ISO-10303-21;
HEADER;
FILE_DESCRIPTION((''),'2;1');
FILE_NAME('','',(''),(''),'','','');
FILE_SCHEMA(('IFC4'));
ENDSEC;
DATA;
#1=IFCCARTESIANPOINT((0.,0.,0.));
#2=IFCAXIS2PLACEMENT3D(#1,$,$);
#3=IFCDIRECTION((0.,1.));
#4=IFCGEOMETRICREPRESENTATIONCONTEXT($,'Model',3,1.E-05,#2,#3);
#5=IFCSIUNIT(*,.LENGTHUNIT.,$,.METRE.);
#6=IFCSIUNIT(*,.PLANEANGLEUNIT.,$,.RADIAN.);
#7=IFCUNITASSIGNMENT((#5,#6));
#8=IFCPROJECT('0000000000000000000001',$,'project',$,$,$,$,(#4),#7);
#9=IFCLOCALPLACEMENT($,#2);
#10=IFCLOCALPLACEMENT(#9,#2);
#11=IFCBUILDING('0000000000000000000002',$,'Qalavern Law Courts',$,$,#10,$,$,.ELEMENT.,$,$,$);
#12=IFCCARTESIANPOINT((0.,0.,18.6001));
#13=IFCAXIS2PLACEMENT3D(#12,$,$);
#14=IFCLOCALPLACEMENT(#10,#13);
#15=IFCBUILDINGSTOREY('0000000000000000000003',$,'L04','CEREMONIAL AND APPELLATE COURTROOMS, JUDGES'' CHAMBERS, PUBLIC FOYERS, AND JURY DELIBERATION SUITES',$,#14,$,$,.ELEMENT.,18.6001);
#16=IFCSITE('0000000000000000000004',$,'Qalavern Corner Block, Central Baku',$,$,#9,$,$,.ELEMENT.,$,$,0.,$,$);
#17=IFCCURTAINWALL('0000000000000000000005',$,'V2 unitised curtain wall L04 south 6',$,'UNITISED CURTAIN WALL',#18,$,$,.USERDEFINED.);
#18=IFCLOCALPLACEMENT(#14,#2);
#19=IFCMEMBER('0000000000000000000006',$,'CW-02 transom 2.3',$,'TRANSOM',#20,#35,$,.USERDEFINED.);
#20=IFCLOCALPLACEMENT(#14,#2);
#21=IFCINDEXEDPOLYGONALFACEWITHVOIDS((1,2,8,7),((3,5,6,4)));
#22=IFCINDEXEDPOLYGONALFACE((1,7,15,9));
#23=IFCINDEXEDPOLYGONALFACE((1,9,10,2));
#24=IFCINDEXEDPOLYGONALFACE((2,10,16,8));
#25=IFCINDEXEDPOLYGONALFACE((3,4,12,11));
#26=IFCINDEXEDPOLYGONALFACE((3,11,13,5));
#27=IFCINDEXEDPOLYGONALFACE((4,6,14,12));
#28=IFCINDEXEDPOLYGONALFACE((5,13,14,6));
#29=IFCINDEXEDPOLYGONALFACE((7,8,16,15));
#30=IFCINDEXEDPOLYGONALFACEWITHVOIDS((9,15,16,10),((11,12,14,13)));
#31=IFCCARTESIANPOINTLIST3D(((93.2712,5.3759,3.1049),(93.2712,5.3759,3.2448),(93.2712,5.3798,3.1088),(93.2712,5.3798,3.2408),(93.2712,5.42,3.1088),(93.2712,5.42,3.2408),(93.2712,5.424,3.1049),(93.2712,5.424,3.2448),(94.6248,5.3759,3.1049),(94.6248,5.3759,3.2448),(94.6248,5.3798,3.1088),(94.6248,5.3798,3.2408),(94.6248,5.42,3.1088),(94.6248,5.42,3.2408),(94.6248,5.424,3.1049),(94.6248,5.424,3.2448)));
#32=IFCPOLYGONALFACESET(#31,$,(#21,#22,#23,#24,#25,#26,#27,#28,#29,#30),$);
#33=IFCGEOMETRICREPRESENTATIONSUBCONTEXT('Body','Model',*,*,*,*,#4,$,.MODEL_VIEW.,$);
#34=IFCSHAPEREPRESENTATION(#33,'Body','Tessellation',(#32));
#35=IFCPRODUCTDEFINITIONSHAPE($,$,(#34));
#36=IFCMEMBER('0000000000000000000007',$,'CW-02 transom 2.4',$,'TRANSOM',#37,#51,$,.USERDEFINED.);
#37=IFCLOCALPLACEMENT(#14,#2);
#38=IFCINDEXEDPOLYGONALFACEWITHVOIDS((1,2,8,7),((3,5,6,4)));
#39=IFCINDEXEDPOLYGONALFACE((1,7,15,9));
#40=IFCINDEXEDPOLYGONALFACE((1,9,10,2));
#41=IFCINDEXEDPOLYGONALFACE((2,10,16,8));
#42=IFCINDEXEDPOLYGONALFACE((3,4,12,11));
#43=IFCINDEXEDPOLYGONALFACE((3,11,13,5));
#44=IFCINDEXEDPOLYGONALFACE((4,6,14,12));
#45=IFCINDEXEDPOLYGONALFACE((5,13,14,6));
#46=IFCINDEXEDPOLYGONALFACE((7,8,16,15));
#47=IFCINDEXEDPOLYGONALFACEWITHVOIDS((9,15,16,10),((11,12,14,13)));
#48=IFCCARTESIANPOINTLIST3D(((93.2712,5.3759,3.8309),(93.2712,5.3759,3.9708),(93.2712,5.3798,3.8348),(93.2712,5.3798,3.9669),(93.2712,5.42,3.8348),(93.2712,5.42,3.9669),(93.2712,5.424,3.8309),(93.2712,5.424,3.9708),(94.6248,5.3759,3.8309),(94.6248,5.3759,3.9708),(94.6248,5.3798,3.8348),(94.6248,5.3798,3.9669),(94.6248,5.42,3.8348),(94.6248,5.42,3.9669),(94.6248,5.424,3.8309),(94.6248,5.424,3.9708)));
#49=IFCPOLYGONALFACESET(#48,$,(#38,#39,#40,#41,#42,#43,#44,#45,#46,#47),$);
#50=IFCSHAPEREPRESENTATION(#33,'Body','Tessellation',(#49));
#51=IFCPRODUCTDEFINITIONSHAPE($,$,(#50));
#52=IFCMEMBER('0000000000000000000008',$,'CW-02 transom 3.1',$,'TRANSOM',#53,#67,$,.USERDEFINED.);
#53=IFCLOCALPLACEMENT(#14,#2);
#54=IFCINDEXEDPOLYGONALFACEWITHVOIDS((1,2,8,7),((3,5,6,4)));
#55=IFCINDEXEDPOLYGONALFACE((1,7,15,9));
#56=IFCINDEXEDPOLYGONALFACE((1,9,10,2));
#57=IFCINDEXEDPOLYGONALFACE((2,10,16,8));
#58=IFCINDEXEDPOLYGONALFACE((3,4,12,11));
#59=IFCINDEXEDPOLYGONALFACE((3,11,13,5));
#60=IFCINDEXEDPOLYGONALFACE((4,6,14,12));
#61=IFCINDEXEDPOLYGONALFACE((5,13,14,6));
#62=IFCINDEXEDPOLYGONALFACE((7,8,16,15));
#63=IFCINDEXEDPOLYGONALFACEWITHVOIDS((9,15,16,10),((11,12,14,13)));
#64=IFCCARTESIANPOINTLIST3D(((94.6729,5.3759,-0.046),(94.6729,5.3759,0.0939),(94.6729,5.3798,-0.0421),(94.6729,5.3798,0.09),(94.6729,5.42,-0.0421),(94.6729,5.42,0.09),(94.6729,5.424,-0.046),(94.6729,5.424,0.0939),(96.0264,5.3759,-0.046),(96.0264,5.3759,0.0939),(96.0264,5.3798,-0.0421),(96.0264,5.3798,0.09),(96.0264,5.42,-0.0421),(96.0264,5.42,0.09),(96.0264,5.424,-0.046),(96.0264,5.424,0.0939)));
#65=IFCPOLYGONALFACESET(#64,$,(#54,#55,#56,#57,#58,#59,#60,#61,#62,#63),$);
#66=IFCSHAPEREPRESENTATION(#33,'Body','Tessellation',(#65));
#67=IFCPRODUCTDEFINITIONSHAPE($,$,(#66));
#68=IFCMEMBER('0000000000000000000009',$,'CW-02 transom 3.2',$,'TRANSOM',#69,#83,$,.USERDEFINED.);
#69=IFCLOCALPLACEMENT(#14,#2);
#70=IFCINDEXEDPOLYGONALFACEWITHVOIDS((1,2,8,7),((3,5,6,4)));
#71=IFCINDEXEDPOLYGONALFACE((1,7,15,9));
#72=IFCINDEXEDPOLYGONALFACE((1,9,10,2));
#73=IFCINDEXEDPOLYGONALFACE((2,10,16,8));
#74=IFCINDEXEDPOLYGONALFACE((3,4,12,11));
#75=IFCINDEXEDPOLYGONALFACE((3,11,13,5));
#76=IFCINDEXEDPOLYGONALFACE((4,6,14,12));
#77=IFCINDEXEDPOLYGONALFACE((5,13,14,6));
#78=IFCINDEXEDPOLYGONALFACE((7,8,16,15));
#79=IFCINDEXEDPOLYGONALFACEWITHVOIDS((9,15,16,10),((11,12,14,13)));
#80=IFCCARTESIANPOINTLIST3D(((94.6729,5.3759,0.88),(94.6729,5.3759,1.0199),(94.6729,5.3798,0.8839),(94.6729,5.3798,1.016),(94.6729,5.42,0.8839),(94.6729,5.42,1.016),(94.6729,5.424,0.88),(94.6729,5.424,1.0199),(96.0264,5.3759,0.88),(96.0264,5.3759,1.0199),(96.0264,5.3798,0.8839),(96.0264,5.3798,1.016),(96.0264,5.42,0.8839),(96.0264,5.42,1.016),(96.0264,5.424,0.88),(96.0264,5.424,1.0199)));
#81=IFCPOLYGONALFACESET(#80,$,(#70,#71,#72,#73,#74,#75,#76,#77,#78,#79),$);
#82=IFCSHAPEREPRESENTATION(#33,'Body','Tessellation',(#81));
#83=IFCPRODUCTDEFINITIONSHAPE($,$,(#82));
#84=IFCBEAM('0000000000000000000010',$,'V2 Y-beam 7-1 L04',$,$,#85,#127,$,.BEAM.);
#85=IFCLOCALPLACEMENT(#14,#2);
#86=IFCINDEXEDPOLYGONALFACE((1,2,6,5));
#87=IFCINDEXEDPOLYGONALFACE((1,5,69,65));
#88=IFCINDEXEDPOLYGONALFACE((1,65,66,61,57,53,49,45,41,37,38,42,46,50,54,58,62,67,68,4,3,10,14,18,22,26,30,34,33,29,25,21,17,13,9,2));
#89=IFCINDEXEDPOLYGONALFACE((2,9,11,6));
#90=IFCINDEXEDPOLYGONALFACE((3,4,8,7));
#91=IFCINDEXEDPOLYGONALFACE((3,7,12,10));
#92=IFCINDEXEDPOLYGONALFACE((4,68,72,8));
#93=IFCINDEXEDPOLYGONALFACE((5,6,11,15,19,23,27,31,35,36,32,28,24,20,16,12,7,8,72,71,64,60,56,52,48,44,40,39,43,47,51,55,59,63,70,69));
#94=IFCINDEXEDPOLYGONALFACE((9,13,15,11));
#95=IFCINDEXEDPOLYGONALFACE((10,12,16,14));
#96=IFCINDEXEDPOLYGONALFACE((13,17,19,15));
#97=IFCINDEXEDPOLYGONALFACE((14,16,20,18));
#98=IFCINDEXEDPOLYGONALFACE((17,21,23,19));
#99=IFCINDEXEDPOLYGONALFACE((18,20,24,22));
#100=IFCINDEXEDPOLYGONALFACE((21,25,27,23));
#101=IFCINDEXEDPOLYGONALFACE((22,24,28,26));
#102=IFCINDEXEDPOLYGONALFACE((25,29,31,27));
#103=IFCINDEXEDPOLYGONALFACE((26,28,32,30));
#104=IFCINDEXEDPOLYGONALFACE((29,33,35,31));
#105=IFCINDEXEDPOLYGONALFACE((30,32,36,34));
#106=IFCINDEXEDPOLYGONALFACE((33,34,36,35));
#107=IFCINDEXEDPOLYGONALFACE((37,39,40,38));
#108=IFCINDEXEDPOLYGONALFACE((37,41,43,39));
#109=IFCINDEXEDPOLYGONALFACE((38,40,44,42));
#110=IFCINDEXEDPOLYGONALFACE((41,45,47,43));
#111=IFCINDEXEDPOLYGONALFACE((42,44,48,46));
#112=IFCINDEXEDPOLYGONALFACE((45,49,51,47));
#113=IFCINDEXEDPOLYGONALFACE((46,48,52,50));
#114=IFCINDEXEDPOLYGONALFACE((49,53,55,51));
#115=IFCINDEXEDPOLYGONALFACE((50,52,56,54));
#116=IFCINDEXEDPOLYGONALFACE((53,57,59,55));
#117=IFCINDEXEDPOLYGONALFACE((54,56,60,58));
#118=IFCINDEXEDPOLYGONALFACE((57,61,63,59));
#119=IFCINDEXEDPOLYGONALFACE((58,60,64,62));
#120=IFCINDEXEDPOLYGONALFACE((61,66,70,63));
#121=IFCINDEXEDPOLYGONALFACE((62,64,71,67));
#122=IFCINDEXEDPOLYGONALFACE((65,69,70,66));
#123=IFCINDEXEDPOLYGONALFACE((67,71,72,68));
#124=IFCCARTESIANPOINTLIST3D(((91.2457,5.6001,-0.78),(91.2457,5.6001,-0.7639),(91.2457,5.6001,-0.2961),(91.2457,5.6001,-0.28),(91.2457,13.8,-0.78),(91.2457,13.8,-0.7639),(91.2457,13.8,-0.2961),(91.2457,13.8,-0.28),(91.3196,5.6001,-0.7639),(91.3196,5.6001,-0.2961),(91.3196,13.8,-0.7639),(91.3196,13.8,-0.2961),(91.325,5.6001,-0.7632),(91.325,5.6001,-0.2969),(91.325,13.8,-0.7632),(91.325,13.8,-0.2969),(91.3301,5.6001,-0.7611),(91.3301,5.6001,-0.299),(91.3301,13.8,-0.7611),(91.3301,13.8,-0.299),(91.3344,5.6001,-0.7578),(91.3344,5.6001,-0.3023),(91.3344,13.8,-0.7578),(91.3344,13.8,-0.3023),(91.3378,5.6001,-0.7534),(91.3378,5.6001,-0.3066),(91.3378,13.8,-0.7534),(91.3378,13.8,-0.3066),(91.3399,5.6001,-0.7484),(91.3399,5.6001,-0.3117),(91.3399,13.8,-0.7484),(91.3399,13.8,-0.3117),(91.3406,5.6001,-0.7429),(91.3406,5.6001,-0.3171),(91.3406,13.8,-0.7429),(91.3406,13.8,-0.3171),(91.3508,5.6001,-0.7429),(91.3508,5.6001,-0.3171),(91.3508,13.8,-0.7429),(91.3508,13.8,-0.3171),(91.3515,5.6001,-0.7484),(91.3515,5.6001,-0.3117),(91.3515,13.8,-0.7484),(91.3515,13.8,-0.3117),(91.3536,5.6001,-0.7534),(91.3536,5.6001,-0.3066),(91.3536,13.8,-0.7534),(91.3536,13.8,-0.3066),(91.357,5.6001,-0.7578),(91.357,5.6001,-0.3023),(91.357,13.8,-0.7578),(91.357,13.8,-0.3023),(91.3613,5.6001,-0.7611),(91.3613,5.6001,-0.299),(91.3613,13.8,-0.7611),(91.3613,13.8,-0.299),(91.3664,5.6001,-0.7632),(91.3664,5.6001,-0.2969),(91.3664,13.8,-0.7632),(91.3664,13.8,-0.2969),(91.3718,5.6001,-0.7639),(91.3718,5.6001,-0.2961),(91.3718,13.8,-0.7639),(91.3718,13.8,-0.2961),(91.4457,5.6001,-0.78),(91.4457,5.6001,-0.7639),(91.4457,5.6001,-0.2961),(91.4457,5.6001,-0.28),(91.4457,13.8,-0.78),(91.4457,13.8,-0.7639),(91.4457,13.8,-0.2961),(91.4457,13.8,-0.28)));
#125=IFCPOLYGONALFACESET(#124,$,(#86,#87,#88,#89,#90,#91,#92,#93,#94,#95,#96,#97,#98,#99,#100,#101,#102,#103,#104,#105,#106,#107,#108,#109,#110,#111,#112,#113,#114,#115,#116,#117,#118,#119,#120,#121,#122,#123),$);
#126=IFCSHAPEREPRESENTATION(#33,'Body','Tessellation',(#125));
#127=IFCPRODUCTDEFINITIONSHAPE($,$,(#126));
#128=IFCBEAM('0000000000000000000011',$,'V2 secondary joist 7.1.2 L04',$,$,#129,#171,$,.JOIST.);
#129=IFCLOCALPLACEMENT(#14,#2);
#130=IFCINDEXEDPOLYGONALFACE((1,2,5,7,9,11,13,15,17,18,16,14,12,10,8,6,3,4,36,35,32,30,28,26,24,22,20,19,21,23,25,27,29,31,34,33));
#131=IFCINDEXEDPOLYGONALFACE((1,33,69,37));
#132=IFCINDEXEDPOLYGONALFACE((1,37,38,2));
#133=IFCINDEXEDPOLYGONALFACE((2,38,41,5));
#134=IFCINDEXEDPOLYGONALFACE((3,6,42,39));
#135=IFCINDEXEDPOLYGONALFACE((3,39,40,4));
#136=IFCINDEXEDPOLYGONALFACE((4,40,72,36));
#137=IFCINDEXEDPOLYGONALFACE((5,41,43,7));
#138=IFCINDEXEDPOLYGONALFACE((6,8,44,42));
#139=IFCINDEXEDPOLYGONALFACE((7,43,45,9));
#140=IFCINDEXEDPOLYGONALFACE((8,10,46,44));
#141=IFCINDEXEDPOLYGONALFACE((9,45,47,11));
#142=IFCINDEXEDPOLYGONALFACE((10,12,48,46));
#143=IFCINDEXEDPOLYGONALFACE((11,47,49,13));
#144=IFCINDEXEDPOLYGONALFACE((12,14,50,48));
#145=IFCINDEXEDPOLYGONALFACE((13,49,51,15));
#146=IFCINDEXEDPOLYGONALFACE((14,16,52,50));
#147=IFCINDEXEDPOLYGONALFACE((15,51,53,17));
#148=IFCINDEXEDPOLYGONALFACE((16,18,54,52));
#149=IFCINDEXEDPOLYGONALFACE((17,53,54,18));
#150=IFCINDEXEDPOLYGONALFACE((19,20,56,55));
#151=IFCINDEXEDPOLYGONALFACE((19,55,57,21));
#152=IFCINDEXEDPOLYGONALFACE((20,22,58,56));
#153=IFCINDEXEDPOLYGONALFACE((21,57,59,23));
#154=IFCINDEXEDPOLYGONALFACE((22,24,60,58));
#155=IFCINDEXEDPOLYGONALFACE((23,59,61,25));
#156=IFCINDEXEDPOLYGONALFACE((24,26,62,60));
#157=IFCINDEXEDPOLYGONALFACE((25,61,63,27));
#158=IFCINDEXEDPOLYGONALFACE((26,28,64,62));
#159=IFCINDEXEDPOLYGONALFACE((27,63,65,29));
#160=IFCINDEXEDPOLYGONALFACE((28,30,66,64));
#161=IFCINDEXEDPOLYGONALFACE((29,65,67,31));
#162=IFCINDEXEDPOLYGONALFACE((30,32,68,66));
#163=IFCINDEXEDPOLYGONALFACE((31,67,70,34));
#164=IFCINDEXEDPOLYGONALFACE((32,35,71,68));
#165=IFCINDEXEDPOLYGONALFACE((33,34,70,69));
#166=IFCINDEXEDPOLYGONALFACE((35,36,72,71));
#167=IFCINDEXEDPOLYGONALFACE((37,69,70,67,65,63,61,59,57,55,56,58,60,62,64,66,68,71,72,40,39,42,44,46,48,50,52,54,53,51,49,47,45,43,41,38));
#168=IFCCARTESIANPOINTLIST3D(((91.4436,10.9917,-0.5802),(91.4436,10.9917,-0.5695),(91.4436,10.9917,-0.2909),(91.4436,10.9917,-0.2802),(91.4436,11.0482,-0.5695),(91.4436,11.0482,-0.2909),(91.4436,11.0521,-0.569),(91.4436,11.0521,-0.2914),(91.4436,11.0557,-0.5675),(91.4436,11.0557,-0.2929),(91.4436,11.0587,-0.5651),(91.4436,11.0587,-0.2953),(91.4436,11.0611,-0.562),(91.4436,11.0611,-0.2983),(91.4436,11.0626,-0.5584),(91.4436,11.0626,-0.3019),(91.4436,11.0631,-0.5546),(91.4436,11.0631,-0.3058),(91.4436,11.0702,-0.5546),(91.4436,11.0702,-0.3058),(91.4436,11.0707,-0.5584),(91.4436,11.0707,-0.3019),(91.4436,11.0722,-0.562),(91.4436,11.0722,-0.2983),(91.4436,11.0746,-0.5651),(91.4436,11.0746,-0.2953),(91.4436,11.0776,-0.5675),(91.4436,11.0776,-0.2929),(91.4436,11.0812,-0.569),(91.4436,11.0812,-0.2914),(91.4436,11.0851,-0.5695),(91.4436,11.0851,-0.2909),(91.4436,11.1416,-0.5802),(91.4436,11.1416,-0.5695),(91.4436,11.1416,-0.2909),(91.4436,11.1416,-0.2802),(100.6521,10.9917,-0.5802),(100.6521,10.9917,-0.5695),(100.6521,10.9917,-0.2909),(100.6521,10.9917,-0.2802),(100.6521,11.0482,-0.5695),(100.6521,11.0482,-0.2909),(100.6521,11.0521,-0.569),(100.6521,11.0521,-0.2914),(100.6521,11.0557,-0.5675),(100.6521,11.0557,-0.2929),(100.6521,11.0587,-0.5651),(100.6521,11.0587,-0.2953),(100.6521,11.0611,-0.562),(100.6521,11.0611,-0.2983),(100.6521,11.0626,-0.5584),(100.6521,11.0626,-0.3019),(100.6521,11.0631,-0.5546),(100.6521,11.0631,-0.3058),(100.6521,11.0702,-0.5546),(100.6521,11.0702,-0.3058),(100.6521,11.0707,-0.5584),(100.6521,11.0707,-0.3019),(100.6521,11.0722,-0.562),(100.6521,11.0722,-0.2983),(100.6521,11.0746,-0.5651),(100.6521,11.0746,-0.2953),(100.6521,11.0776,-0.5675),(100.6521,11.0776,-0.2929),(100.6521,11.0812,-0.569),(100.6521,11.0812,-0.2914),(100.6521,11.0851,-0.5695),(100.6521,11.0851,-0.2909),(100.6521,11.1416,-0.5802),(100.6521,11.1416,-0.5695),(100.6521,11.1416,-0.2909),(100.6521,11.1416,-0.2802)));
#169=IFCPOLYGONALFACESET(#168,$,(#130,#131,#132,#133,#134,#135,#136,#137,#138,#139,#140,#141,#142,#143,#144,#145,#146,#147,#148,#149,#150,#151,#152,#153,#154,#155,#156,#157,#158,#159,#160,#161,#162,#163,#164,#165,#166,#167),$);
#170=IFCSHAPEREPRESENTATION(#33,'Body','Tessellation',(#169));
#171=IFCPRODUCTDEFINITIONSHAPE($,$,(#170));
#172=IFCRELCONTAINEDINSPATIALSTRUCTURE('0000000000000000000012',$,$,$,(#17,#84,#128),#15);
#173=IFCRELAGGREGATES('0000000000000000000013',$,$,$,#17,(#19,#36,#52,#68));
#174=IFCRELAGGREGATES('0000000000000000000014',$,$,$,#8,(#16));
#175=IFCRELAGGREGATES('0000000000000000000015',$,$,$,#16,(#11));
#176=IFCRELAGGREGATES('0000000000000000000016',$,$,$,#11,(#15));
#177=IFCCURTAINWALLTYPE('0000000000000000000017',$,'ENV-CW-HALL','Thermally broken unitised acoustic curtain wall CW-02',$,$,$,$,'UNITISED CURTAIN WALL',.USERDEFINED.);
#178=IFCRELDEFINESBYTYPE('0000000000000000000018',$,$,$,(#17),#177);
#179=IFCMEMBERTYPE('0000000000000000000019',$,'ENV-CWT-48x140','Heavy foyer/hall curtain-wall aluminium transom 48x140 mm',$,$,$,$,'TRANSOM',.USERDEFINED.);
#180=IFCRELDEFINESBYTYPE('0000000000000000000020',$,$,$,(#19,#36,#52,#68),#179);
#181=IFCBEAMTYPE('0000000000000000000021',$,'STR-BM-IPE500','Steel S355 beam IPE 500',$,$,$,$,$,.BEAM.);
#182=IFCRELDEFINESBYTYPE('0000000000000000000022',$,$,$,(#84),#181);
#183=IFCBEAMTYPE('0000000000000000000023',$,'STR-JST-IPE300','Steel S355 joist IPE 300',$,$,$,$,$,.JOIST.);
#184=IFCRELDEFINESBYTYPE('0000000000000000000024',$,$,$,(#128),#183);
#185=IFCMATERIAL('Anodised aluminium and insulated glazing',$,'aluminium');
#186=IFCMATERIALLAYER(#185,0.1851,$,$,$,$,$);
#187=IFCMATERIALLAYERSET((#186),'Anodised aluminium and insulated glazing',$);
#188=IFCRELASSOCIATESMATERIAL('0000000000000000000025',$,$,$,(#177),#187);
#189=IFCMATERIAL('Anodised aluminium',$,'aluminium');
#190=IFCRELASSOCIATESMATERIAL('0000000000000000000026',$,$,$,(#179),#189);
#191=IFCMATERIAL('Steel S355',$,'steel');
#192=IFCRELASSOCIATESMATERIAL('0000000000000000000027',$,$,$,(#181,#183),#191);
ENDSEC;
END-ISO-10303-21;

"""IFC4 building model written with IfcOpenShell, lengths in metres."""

from ifc_helpers import new_model, si_unit, direction, frame, origin, origin_2d, place, context, subcontext, project, spatial, hollow_rectangle, i_section, extrude, material, layer, layer_set, material_profile, profile_set, type_object, element, aggregate, save


model = new_model("IFC4")

# Units and contexts
model_context = context("Model", 3, precision=1e-05, world=origin(), true_north=direction((0.0, 1.0)))
body_context = subcontext(model_context, "Body", "Model", "MODEL_VIEW")
ifc_project = project(units=[si_unit("LENGTHUNIT", "METRE"), si_unit("PLANEANGLEUNIT", "RADIAN")], contexts=[model_context])

# Site, building, storey
site_placement = place(None, origin())
site = spatial("IfcSite", under=ifc_project, at=site_placement, Name="Qalavern Corner Block, Central Baku", CompositionType="ELEMENT", RefElevation=0.0)
building_placement = place(site_placement, origin())
building = spatial("IfcBuilding", under=site, at=building_placement, Name="Qalavern Law Courts", CompositionType="ELEMENT")
storey_placement = place(building_placement, frame((0.0, 0.0, 18.6001)))
storey = spatial("IfcBuildingStorey", under=building, at=storey_placement, Name="L04", Description="CEREMONIAL AND APPELLATE COURTROOMS, JUDGES' CHAMBERS, PUBLIC FOYERS, AND JURY DELIBERATION SUITES", CompositionType="ELEMENT", Elevation=18.6001)

# Shared definitions
ifc_material_1 = material(Name="Anodised aluminium and insulated glazing", Category="aluminium")
ifc_layer_1 = layer(ifc_material_1, 0.1851)
ifc_layer_set_1 = layer_set([ifc_layer_1], Name="Anodised aluminium and insulated glazing")
curtain_wall_type = type_object("IfcCurtainWallType", Name="ENV-CW-HALL", Description="Thermally broken unitised acoustic curtain wall CW-02", ElementType="UNITISED CURTAIN WALL", PredefinedType="USERDEFINED", material=ifc_layer_set_1)
ifc_material_2 = material(Name="Anodised aluminium", Category="aluminium")

# Curtain wall, members
curtain_wall_1_placement = place(storey_placement, origin())
curtain_wall_1 = element("IfcCurtainWall", 1, at=curtain_wall_1_placement, inside=storey, type_object=curtain_wall_type, Name="V2 unitised curtain wall L04 south 6", ObjectType="UNITISED CURTAIN WALL", PredefinedType="USERDEFINED")
ifc_material_profile_1 = material_profile(ifc_material_2, hollow_rectangle(XDim=0.0481, YDim=0.1399, WallThickness=0.0039, at=origin_2d()), Name="ALU TRANSOM 48x140")
ifc_profile_set_1 = profile_set([ifc_material_profile_1], Name="Anodised aluminium")
member_type_1 = type_object("IfcMemberType", Name="ENV-CWT-48x140", Description="Heavy foyer/hall curtain-wall aluminium transom 48x140 mm", ElementType="TRANSOM", PredefinedType="USERDEFINED", material=ifc_profile_set_1)
member_1_placement = place(storey_placement, frame((93.2712, 5.3999, 3.1748), z_axis=(1.0, 0.0, 0.0), x_axis=(0.0, 1.0, 0.0)))
member_1 = element("IfcMember", 2, at=member_1_placement, type_object=member_type_1, Name="CW-02 transom 2.3", ObjectType="TRANSOM", PredefinedType="USERDEFINED", context=body_context, shape_type="SweptSolid", body=[
    extrude(hollow_rectangle(XDim=0.0481, YDim=0.1399, WallThickness=0.0039, at=origin_2d()), origin(), (0.0, 0.0, 1.0), 1.3535),
])
member_2_placement = place(storey_placement, frame((93.2712, 5.3999, 3.9009), z_axis=(1.0, 0.0, 0.0), x_axis=(0.0, 1.0, 0.0)))
member_2 = element("IfcMember", 3, at=member_2_placement, type_object=member_type_1, Name="CW-02 transom 2.4", ObjectType="TRANSOM", PredefinedType="USERDEFINED", context=body_context, shape_type="SweptSolid", body=[
    extrude(hollow_rectangle(XDim=0.0481, YDim=0.1399, WallThickness=0.0039, at=origin_2d()), origin(), (0.0, 0.0, 1.0), 1.3535),
])
member_3_placement = place(storey_placement, frame((94.6729, 5.3999, 0.0239), z_axis=(1.0, 0.0, 0.0), x_axis=(0.0, 1.0, 0.0)))
member_3 = element("IfcMember", 4, at=member_3_placement, type_object=member_type_1, Name="CW-02 transom 3.1", ObjectType="TRANSOM", PredefinedType="USERDEFINED", context=body_context, shape_type="SweptSolid", body=[
    extrude(hollow_rectangle(XDim=0.0481, YDim=0.1399, WallThickness=0.0039, at=origin_2d()), origin(), (0.0, 0.0, 1.0), 1.3535),
])
member_4_placement = place(storey_placement, frame((94.6729, 5.3999, 0.95), z_axis=(1.0, 0.0, 0.0), x_axis=(0.0, 1.0, 0.0)))
member_4 = element("IfcMember", 5, at=member_4_placement, type_object=member_type_1, Name="CW-02 transom 3.2", ObjectType="TRANSOM", PredefinedType="USERDEFINED", context=body_context, shape_type="SweptSolid", body=[
    extrude(hollow_rectangle(XDim=0.0481, YDim=0.1399, WallThickness=0.0039, at=origin_2d()), origin(), (0.0, 0.0, 1.0), 1.3535),
])

# Beams
ifc_material_3 = material(Name="Steel S355", Category="steel")
ifc_material_profile_2 = material_profile(ifc_material_3, i_section(OverallWidth=0.2, OverallDepth=0.5, WebThickness=0.0103, FlangeThickness=0.0161, FilletRadius=0.021, at=origin_2d()), Name="IPE 500")
ifc_profile_set_2 = profile_set([ifc_material_profile_2], Name="Steel S355")
beam_type_1 = type_object("IfcBeamType", Name="STR-BM-IPE500", Description="Steel S355 beam IPE 500", PredefinedType="BEAM", material=ifc_profile_set_2)
beam_1_placement = place(storey_placement, frame((91.3457, 5.6001, -0.53), z_axis=(0.0, 1.0, 0.0), x_axis=(-1.0, 0.0, 0.0)))
element("IfcBeam", 6, at=beam_1_placement, inside=storey, type_object=beam_type_1, Name="V2 Y-beam 7-1 L04", PredefinedType="BEAM", context=body_context, shape_type="SweptSolid", body=[
    extrude(i_section(OverallWidth=0.2, OverallDepth=0.5, WebThickness=0.0103, FlangeThickness=0.0161, FilletRadius=0.021, at=origin_2d()), origin(), (0.0, 0.0, 1.0), 8.2),
])
ifc_material_profile_3 = material_profile(ifc_material_3, i_section(OverallWidth=0.1499, OverallDepth=0.3, WebThickness=0.0071, FlangeThickness=0.0107, FilletRadius=0.0149, at=origin_2d()), Name="IPE 300")
ifc_profile_set_3 = profile_set([ifc_material_profile_3], Name="Steel S355")
beam_type_2 = type_object("IfcBeamType", Name="STR-JST-IPE300", Description="Steel S355 joist IPE 300", PredefinedType="JOIST", material=ifc_profile_set_3)
beam_2_placement = place(storey_placement, frame((91.4436, 11.0667, -0.4302), z_axis=(1.0, 0.0, 0.0), x_axis=(0.0, 1.0, 0.0)))
element("IfcBeam", 7, at=beam_2_placement, inside=storey, type_object=beam_type_2, Name="V2 secondary joist 7.1.2 L04", PredefinedType="JOIST", context=body_context, shape_type="SweptSolid", body=[
    extrude(i_section(OverallWidth=0.1499, OverallDepth=0.3, WebThickness=0.0071, FlangeThickness=0.0107, FilletRadius=0.0149, at=origin_2d()), origin(), (0.0, 0.0, 1.0), 9.2085),
])

aggregate(curtain_wall_1, [member_1, member_2, member_3, member_4])

save(model, "model.ifc")
